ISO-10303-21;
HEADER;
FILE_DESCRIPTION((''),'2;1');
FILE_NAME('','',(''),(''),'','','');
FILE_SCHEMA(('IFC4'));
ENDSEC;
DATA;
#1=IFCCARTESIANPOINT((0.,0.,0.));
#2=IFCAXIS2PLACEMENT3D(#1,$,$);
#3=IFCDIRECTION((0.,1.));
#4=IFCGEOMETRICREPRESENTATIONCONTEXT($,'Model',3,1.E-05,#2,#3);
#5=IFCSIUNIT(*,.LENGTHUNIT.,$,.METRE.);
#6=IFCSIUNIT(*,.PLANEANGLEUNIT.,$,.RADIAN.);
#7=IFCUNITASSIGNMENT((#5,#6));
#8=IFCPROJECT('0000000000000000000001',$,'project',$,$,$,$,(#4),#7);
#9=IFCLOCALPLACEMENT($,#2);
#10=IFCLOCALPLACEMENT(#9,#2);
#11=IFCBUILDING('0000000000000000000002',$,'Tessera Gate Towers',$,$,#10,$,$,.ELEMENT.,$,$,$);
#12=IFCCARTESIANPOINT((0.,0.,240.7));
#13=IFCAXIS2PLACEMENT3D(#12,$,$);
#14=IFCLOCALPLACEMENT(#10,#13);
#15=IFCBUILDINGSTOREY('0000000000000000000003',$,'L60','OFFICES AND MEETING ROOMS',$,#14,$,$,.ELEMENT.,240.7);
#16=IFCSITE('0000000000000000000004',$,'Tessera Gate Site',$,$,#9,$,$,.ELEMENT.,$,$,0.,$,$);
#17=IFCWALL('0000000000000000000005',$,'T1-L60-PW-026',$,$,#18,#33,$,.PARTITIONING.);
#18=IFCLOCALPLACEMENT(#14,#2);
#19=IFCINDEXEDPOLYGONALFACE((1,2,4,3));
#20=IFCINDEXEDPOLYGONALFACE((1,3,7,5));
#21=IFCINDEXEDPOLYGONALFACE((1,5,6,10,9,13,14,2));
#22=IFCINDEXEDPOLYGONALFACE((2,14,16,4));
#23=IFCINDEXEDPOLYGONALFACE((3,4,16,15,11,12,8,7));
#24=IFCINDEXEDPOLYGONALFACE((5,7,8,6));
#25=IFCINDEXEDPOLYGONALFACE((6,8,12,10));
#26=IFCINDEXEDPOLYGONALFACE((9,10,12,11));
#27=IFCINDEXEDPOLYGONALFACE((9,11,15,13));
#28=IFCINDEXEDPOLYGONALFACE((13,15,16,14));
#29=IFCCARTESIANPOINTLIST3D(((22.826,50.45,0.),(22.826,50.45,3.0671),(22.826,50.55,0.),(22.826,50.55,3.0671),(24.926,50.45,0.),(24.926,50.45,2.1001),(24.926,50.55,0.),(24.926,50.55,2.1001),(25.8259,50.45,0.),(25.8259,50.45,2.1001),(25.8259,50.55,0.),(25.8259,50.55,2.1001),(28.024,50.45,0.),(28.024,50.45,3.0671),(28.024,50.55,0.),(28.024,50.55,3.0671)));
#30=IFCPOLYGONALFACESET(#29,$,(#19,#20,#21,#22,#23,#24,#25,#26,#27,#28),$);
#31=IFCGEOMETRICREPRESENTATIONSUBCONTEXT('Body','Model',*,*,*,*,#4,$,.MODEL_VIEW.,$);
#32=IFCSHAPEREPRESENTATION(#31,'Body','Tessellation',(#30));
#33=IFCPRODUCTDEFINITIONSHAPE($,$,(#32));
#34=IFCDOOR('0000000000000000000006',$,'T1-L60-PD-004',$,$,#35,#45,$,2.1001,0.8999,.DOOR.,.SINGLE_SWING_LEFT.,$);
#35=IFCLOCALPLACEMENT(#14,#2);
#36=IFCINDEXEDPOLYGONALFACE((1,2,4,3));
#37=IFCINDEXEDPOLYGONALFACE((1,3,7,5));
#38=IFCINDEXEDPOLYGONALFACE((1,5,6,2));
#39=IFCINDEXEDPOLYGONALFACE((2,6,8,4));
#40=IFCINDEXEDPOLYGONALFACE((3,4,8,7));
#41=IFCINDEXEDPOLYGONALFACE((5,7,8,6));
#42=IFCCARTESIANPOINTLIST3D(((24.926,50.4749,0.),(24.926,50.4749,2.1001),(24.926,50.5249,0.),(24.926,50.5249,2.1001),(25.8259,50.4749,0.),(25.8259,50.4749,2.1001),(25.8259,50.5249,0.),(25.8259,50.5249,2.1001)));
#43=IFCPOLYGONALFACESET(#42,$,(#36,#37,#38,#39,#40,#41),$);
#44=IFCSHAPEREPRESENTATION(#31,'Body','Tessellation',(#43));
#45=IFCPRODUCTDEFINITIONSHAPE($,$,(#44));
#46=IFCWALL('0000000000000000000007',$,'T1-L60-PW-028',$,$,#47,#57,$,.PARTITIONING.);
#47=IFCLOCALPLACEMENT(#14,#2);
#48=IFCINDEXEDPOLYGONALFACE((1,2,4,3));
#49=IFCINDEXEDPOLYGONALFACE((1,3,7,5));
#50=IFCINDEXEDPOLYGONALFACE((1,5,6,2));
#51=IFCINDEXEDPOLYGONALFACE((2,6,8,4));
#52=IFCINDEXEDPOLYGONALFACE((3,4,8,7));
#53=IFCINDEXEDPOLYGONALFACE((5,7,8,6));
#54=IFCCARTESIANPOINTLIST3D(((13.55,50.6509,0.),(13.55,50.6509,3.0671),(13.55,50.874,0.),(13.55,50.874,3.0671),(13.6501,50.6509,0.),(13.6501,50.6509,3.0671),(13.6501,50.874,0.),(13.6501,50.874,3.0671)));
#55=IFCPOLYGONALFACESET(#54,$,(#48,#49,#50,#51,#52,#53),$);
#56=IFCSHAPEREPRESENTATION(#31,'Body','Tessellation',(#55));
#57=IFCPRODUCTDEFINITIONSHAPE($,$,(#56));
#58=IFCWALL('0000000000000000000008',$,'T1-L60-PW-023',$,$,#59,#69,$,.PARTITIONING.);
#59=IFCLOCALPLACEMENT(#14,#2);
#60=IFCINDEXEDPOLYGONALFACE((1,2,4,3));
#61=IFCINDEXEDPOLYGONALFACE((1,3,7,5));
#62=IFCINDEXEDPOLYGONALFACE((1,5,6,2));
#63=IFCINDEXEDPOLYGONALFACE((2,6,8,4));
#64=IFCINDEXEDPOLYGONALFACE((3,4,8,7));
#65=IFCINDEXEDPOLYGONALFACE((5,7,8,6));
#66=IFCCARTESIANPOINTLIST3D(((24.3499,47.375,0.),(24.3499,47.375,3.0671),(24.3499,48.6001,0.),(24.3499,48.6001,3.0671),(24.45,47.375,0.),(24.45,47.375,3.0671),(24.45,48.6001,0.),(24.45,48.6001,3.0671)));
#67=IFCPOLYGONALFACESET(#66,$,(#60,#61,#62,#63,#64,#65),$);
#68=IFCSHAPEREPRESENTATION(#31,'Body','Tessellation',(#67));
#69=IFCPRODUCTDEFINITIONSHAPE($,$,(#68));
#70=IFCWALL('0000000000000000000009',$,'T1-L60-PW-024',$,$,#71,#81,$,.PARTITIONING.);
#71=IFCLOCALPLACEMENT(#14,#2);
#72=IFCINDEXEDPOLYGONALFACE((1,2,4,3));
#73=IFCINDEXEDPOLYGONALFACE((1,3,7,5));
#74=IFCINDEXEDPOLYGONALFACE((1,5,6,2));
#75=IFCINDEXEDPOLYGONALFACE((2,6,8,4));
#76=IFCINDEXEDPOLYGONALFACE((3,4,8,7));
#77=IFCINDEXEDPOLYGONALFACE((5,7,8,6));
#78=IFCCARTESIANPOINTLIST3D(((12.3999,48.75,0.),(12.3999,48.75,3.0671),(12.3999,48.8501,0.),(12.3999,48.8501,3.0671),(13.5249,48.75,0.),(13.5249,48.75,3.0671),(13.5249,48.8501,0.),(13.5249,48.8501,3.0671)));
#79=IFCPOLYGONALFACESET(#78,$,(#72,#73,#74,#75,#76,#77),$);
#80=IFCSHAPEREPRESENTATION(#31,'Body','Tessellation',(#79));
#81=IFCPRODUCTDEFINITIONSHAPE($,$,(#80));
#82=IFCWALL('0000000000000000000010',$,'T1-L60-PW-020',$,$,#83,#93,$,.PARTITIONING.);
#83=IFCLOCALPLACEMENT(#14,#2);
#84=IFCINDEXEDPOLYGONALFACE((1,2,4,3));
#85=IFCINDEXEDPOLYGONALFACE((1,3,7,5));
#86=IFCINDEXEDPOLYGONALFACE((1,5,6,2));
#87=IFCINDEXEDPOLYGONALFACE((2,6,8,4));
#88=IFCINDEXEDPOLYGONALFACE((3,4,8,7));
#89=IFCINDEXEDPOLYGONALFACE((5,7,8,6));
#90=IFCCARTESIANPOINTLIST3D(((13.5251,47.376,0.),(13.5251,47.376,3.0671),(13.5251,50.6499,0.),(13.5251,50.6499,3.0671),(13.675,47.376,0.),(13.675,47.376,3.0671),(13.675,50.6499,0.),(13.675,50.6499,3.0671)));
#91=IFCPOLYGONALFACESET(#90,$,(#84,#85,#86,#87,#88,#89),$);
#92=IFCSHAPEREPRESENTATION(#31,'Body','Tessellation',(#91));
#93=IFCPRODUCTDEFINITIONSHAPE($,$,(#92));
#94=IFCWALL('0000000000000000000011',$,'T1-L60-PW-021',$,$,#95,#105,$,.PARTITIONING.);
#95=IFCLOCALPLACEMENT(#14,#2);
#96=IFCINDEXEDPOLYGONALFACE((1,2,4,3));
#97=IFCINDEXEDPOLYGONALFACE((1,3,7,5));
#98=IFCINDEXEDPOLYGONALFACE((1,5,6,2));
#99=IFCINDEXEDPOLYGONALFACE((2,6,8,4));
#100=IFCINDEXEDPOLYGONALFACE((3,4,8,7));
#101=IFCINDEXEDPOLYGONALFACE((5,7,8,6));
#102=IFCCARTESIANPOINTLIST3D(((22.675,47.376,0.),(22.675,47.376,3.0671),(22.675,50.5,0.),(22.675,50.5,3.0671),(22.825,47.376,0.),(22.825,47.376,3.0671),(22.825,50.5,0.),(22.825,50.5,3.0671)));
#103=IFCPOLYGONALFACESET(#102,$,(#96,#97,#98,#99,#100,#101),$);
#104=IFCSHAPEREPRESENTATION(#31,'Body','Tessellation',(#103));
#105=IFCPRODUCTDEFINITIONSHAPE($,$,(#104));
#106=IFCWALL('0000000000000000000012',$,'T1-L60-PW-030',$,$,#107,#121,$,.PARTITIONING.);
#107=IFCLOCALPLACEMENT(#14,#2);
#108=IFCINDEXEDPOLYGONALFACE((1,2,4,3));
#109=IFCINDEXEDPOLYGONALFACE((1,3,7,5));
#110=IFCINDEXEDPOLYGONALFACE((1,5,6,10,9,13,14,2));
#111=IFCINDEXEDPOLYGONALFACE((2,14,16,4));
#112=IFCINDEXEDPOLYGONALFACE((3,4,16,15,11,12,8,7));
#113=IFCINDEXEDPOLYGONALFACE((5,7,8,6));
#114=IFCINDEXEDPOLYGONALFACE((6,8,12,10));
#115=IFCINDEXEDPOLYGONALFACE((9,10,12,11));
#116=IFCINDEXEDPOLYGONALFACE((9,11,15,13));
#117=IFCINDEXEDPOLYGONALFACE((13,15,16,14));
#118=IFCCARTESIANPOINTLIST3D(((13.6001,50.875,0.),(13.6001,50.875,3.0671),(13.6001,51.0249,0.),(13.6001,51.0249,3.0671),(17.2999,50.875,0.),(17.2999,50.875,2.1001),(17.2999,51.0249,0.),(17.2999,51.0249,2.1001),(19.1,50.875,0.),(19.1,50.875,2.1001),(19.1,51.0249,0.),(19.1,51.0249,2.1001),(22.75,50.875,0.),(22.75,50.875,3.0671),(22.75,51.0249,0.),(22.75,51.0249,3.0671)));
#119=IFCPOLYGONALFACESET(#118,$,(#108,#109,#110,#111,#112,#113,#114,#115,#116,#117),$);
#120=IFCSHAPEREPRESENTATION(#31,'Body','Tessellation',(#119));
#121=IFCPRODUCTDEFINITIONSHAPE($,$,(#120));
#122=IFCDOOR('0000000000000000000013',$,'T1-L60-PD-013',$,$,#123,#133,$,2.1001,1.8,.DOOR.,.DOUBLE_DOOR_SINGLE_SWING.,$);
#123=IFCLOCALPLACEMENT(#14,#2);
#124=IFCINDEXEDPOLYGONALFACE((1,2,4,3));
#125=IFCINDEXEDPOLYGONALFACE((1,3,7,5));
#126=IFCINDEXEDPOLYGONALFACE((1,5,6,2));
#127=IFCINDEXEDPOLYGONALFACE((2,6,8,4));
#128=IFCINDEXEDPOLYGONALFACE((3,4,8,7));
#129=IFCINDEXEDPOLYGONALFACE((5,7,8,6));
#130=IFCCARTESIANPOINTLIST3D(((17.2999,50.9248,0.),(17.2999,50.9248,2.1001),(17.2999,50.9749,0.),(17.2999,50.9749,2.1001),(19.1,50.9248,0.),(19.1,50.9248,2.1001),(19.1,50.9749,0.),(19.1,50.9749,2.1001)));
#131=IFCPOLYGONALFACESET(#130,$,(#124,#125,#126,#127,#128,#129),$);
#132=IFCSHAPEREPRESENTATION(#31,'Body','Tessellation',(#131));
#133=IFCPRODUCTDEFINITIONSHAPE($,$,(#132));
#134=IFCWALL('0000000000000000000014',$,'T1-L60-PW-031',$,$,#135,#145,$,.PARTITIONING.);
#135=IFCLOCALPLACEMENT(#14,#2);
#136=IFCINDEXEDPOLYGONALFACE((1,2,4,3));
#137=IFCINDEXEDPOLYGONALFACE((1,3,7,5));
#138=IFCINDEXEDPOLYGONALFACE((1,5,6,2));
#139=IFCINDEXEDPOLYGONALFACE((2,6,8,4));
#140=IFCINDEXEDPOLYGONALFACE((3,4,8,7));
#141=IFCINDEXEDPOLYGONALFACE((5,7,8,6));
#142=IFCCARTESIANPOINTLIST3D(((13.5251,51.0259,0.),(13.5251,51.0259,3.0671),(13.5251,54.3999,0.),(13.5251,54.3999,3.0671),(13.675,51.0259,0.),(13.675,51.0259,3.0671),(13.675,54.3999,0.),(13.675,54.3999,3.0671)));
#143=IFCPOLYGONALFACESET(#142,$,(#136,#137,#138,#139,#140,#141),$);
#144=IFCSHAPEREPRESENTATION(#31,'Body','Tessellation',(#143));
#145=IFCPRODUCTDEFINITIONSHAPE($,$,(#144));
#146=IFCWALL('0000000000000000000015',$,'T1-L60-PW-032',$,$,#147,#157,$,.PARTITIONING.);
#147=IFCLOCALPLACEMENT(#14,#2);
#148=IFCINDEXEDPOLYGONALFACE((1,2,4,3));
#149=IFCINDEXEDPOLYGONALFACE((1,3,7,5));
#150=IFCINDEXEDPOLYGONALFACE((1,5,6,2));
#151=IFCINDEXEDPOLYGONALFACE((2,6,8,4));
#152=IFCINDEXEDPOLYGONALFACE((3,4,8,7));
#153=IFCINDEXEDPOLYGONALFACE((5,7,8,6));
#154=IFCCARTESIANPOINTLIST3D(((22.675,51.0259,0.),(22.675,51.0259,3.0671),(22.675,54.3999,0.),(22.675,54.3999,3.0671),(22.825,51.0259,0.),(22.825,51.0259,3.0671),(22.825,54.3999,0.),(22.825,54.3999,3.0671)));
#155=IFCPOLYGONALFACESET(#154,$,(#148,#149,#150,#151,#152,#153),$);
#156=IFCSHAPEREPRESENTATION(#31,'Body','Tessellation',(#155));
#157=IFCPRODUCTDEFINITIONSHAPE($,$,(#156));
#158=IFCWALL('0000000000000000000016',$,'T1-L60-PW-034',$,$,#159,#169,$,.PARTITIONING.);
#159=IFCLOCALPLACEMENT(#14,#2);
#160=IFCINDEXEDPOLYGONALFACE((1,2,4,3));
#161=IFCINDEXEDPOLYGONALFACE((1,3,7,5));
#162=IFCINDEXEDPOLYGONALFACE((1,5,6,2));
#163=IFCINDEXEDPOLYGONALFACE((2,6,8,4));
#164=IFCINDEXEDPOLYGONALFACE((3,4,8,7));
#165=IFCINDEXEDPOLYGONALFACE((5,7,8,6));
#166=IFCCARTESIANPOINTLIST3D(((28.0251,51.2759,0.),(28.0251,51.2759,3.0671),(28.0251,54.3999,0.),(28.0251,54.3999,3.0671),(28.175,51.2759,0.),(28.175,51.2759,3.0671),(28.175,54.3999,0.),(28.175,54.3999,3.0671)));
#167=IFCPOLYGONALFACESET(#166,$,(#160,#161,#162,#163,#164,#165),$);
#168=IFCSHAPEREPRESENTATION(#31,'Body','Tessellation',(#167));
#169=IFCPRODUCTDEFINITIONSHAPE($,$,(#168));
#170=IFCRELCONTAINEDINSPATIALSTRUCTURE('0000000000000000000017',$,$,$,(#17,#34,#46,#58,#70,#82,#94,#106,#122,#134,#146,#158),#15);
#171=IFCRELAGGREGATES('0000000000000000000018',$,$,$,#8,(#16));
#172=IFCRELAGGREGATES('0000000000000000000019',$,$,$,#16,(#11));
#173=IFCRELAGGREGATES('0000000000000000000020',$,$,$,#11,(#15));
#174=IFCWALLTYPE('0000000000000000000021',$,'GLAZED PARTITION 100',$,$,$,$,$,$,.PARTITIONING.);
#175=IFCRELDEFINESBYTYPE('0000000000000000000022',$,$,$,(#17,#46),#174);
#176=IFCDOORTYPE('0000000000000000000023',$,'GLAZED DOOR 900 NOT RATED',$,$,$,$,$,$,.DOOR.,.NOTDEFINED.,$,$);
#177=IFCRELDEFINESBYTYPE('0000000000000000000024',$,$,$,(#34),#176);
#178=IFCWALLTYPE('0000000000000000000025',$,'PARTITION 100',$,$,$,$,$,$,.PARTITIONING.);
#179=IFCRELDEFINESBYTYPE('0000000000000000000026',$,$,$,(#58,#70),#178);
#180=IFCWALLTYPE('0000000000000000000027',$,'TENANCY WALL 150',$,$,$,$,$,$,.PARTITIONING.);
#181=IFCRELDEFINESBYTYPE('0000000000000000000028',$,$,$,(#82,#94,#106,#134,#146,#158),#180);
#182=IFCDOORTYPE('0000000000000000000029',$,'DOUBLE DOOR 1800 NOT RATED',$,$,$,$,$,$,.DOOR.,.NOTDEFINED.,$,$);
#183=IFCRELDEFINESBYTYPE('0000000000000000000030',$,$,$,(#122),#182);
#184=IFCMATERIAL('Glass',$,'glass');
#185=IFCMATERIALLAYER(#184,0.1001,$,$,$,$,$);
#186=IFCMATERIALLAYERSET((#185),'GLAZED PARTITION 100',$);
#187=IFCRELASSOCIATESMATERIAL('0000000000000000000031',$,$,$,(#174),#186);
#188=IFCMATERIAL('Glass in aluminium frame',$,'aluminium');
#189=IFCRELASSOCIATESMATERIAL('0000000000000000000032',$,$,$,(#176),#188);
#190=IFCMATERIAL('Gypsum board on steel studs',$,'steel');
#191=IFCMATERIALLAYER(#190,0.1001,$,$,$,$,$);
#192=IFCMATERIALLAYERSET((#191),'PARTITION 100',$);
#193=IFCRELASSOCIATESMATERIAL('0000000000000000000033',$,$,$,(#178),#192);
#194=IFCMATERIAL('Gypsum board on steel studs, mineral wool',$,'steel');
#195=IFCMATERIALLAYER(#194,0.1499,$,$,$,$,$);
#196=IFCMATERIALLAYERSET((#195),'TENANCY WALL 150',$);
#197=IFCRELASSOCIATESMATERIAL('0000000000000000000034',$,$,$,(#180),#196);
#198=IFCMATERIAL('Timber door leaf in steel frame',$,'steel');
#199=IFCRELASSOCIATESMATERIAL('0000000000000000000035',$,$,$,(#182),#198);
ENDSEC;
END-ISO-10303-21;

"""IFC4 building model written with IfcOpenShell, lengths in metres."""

from ifc_helpers import new_model, si_unit, direction, frame, frame_2d, origin, place, context, subcontext, project, spatial, rectangle, extrude, source, transform, mapped, material, layer, layer_set, type_object, element, fill, save


model = new_model("IFC4")

# Units and contexts
model_context = context("Model", 3, precision=1e-05, world=origin(), true_north=direction((0.0, 1.0)))
body_context = subcontext(model_context, "Body", "Model", "MODEL_VIEW")
ifc_project = project(units=[si_unit("LENGTHUNIT", "METRE"), si_unit("PLANEANGLEUNIT", "RADIAN")], contexts=[model_context])

# Site, building, storey
site_placement = place(None, origin())
site = spatial("IfcSite", under=ifc_project, at=site_placement, Name="Tessera Gate Site", CompositionType="ELEMENT", RefElevation=0.0)
building_placement = place(site_placement, origin())
building = spatial("IfcBuilding", under=site, at=building_placement, Name="Tessera Gate Towers", CompositionType="ELEMENT")
storey_placement = place(building_placement, frame((0.0, 0.0, 240.7)))
storey = spatial("IfcBuildingStorey", under=building, at=storey_placement, Name="L60", Description="OFFICES AND MEETING ROOMS", CompositionType="ELEMENT", Elevation=240.7)

# Shared definitions
shared_shape_1 = source(origin(), body_context, "Body", "SweptSolid", [
    extrude(rectangle(XDim=0.8999, YDim=2.1001, at=frame_2d((0.45, 1.05))), frame((0.0, 0.0249, 0.0), z_axis=(0.0, -1.0, 0.0), x_axis=(1.0, 0.0, 0.0)), (0.0, 0.0, 1.0), 0.05),
])

# Shared definitions
ifc_material_1 = material(Name="Glass", Category="glass")
ifc_layer_1 = layer(ifc_material_1, 0.1001)
ifc_layer_set_1 = layer_set([ifc_layer_1], Name="GLAZED PARTITION 100")
wall_type_1 = type_object("IfcWallType", Name="GLAZED PARTITION 100", PredefinedType="PARTITIONING", material=ifc_layer_set_1)

# Wall, opening, door
wall_1_placement = place(storey_placement, frame((22.8259, 50.5, 0.0), z_axis=(0.0, 0.0, 1.0), x_axis=(1.0, 0.0, 0.0)))
wall_1 = element("IfcWall", 1, at=wall_1_placement, inside=storey, type_object=wall_type_1, Name="T1-L60-PW-026", PredefinedType="PARTITIONING", context=body_context, shape_type="SweptSolid", body=[
    extrude(rectangle(XDim=5.198, YDim=0.1001, at=frame_2d((2.5991, 0.0))), origin(), (0.0, 0.0, 1.0), 3.0671),
])
shared_shape_2 = source(origin(), body_context, "Body", "SweptSolid", [
    extrude(rectangle(XDim=0.8999, YDim=2.1001, at=frame_2d((0.45, 1.05))), frame((0.0, 0.0601, 0.0), z_axis=(0.0, -1.0, 0.0), x_axis=(1.0, 0.0, 0.0)), (0.0, 0.0, 1.0), 0.1201),
])
opening_1_placement = place(wall_1_placement, frame((2.1001, 0.0, 0.0)))
opening_1 = element("IfcOpeningElement", 2, at=opening_1_placement, cuts=wall_1, PredefinedType="OPENING", context=body_context, shape_type="MappedRepresentation", body=[
    mapped(shared_shape_2, transform((0.0, 0.0, 0.0), scale=1.0)),
])
ifc_material_2 = material(Name="Glass in aluminium frame", Category="aluminium")
door_type_1 = type_object("IfcDoorType", Name="GLAZED DOOR 900 NOT RATED", OperationType="NOTDEFINED", PredefinedType="DOOR", material=ifc_material_2)
door_1_placement = place(opening_1_placement, origin())
door_1 = element("IfcDoor", 3, at=door_1_placement, inside=storey, type_object=door_type_1, Name="T1-L60-PD-004", OperationType="SINGLE_SWING_LEFT", OverallHeight=2.1001, OverallWidth=0.8999, PredefinedType="DOOR", context=body_context, shape_type="MappedRepresentation", body=[
    mapped(shared_shape_1, transform((0.0, 0.0, 0.0), scale=1.0)),
])
fill(opening_1, door_1)

# Walls
wall_2_placement = place(storey_placement, frame((13.6001, 50.6509, 0.0), z_axis=(0.0, 0.0, 1.0), x_axis=(0.0, 1.0, 0.0)))
element("IfcWall", 4, at=wall_2_placement, inside=storey, type_object=wall_type_1, Name="T1-L60-PW-028", PredefinedType="PARTITIONING", context=body_context, shape_type="SweptSolid", body=[
    extrude(rectangle(XDim=0.2231, YDim=0.1001, at=frame_2d((0.1116, 0.0))), origin(), (0.0, 0.0, 1.0), 3.0671),
])
ifc_material_3 = material(Name="Gypsum board on steel studs", Category="steel")
ifc_layer_2 = layer(ifc_material_3, 0.1001)
ifc_layer_set_2 = layer_set([ifc_layer_2], Name="PARTITION 100")
wall_type_2 = type_object("IfcWallType", Name="PARTITION 100", PredefinedType="PARTITIONING", material=ifc_layer_set_2)
wall_3_placement = place(storey_placement, frame((24.3999, 48.6001, 0.0), z_axis=(0.0, 0.0, 1.0), x_axis=(0.0, -1.0, 0.0)))
element("IfcWall", 5, at=wall_3_placement, inside=storey, type_object=wall_type_2, Name="T1-L60-PW-023", PredefinedType="PARTITIONING", context=body_context, shape_type="SweptSolid", body=[
    extrude(rectangle(XDim=1.2251, YDim=0.1001, at=frame_2d((0.6125, 0.0))), origin(), (0.0, 0.0, 1.0), 3.0671),
])
wall_4_placement = place(storey_placement, frame((12.3999, 48.8, 0.0), z_axis=(0.0, 0.0, 1.0), x_axis=(1.0, 0.0, 0.0)))
element("IfcWall", 6, at=wall_4_placement, inside=storey, type_object=wall_type_2, Name="T1-L60-PW-024", PredefinedType="PARTITIONING", context=body_context, shape_type="SweptSolid", body=[
    extrude(rectangle(XDim=1.125, YDim=0.1001, at=frame_2d((0.5625, 0.0))), origin(), (0.0, 0.0, 1.0), 3.0671),
])
ifc_material_4 = material(Name="Gypsum board on steel studs, mineral wool", Category="steel")
ifc_layer_3 = layer(ifc_material_4, 0.1499)
ifc_layer_set_3 = layer_set([ifc_layer_3], Name="TENANCY WALL 150")
wall_type_3 = type_object("IfcWallType", Name="TENANCY WALL 150", PredefinedType="PARTITIONING", material=ifc_layer_set_3)
wall_5_placement = place(storey_placement, frame((13.6001, 47.376, 0.0), z_axis=(0.0, 0.0, 1.0), x_axis=(0.0, 1.0, 0.0)))
element("IfcWall", 7, at=wall_5_placement, inside=storey, type_object=wall_type_3, Name="T1-L60-PW-020", PredefinedType="PARTITIONING", context=body_context, shape_type="SweptSolid", body=[
    extrude(rectangle(XDim=3.2739, YDim=0.1499, at=frame_2d((1.637, 0.0))), origin(), (0.0, 0.0, 1.0), 3.0671),
])
wall_6_placement = place(storey_placement, frame((22.75, 47.376, 0.0), z_axis=(0.0, 0.0, 1.0), x_axis=(0.0, 1.0, 0.0)))
element("IfcWall", 8, at=wall_6_placement, inside=storey, type_object=wall_type_3, Name="T1-L60-PW-021", PredefinedType="PARTITIONING", context=body_context, shape_type="SweptSolid", body=[
    extrude(rectangle(XDim=3.124, YDim=0.1499, at=frame_2d((1.562, 0.0))), origin(), (0.0, 0.0, 1.0), 3.0671),
])

# Wall, opening, door
wall_7_placement = place(storey_placement, frame((13.6001, 50.95, 0.0), z_axis=(0.0, 0.0, 1.0), x_axis=(1.0, 0.0, 0.0)))
wall_7 = element("IfcWall", 9, at=wall_7_placement, inside=storey, type_object=wall_type_3, Name="T1-L60-PW-030", PredefinedType="PARTITIONING", context=body_context, shape_type="SweptSolid", body=[
    extrude(rectangle(XDim=9.1499, YDim=0.1499, at=frame_2d((4.575, 0.0))), origin(), (0.0, 0.0, 1.0), 3.0671),
])
shared_shape_3 = source(origin(), body_context, "Body", "SweptSolid", [
    extrude(rectangle(XDim=1.8, YDim=2.1001, at=frame_2d((0.8999, 1.05))), frame((0.0, 0.085, 0.0), z_axis=(0.0, -1.0, 0.0), x_axis=(1.0, 0.0, 0.0)), (0.0, 0.0, 1.0), 0.1699),
])
opening_2_placement = place(wall_7_placement, frame((3.7, 0.0, 0.0)))
opening_2 = element("IfcOpeningElement", 10, at=opening_2_placement, cuts=wall_7, PredefinedType="OPENING", context=body_context, shape_type="MappedRepresentation", body=[
    mapped(shared_shape_3, transform((0.0, 0.0, 0.0), scale=1.0)),
])
ifc_material_5 = material(Name="Timber door leaf in steel frame", Category="steel")
door_type_2 = type_object("IfcDoorType", Name="DOUBLE DOOR 1800 NOT RATED", OperationType="NOTDEFINED", PredefinedType="DOOR", material=ifc_material_5)
shared_shape_4 = source(origin(), body_context, "Body", "SweptSolid", [
    extrude(rectangle(XDim=1.8, YDim=2.1001, at=frame_2d((0.8999, 1.05))), frame((0.0, 0.0249, 0.0), z_axis=(0.0, -1.0, 0.0), x_axis=(1.0, 0.0, 0.0)), (0.0, 0.0, 1.0), 0.05),
])
door_2_placement = place(opening_2_placement, origin())
door_2 = element("IfcDoor", 11, at=door_2_placement, inside=storey, type_object=door_type_2, Name="T1-L60-PD-013", OperationType="DOUBLE_DOOR_SINGLE_SWING", OverallHeight=2.1001, OverallWidth=1.8, PredefinedType="DOOR", context=body_context, shape_type="MappedRepresentation", body=[
    mapped(shared_shape_4, transform((0.0, 0.0, 0.0), scale=1.0)),
])
fill(opening_2, door_2)

# Walls
for number, where, z_axis, x_axis, name in (
    (12, (13.6001, 51.0259, 0.0), (0.0, 0.0, 1.0), (0.0, 1.0, 0.0), "T1-L60-PW-031"),
    (13, (22.75, 51.0259, 0.0), (0.0, 0.0, 1.0), (0.0, 1.0, 0.0), "T1-L60-PW-032"),
):
    element("IfcWall", number, at=place(storey_placement, frame(where, z_axis=z_axis, x_axis=x_axis)), inside=storey, type_object=wall_type_3, Name=name, PredefinedType="PARTITIONING", context=body_context, shape_type="SweptSolid", body=[
        extrude(rectangle(XDim=3.374, YDim=0.1499, at=frame_2d((1.687, 0.0))), origin(), (0.0, 0.0, 1.0), 3.0671),
    ])
wall_8_placement = place(storey_placement, frame((28.1001, 51.2759, 0.0), z_axis=(0.0, 0.0, 1.0), x_axis=(0.0, 1.0, 0.0)))
element("IfcWall", 14, at=wall_8_placement, inside=storey, type_object=wall_type_3, Name="T1-L60-PW-034", PredefinedType="PARTITIONING", context=body_context, shape_type="SweptSolid", body=[
    extrude(rectangle(XDim=3.124, YDim=0.1499, at=frame_2d((1.562, 0.0))), origin(), (0.0, 0.0, 1.0), 3.0671),
])

save(model, "model.ifc")
